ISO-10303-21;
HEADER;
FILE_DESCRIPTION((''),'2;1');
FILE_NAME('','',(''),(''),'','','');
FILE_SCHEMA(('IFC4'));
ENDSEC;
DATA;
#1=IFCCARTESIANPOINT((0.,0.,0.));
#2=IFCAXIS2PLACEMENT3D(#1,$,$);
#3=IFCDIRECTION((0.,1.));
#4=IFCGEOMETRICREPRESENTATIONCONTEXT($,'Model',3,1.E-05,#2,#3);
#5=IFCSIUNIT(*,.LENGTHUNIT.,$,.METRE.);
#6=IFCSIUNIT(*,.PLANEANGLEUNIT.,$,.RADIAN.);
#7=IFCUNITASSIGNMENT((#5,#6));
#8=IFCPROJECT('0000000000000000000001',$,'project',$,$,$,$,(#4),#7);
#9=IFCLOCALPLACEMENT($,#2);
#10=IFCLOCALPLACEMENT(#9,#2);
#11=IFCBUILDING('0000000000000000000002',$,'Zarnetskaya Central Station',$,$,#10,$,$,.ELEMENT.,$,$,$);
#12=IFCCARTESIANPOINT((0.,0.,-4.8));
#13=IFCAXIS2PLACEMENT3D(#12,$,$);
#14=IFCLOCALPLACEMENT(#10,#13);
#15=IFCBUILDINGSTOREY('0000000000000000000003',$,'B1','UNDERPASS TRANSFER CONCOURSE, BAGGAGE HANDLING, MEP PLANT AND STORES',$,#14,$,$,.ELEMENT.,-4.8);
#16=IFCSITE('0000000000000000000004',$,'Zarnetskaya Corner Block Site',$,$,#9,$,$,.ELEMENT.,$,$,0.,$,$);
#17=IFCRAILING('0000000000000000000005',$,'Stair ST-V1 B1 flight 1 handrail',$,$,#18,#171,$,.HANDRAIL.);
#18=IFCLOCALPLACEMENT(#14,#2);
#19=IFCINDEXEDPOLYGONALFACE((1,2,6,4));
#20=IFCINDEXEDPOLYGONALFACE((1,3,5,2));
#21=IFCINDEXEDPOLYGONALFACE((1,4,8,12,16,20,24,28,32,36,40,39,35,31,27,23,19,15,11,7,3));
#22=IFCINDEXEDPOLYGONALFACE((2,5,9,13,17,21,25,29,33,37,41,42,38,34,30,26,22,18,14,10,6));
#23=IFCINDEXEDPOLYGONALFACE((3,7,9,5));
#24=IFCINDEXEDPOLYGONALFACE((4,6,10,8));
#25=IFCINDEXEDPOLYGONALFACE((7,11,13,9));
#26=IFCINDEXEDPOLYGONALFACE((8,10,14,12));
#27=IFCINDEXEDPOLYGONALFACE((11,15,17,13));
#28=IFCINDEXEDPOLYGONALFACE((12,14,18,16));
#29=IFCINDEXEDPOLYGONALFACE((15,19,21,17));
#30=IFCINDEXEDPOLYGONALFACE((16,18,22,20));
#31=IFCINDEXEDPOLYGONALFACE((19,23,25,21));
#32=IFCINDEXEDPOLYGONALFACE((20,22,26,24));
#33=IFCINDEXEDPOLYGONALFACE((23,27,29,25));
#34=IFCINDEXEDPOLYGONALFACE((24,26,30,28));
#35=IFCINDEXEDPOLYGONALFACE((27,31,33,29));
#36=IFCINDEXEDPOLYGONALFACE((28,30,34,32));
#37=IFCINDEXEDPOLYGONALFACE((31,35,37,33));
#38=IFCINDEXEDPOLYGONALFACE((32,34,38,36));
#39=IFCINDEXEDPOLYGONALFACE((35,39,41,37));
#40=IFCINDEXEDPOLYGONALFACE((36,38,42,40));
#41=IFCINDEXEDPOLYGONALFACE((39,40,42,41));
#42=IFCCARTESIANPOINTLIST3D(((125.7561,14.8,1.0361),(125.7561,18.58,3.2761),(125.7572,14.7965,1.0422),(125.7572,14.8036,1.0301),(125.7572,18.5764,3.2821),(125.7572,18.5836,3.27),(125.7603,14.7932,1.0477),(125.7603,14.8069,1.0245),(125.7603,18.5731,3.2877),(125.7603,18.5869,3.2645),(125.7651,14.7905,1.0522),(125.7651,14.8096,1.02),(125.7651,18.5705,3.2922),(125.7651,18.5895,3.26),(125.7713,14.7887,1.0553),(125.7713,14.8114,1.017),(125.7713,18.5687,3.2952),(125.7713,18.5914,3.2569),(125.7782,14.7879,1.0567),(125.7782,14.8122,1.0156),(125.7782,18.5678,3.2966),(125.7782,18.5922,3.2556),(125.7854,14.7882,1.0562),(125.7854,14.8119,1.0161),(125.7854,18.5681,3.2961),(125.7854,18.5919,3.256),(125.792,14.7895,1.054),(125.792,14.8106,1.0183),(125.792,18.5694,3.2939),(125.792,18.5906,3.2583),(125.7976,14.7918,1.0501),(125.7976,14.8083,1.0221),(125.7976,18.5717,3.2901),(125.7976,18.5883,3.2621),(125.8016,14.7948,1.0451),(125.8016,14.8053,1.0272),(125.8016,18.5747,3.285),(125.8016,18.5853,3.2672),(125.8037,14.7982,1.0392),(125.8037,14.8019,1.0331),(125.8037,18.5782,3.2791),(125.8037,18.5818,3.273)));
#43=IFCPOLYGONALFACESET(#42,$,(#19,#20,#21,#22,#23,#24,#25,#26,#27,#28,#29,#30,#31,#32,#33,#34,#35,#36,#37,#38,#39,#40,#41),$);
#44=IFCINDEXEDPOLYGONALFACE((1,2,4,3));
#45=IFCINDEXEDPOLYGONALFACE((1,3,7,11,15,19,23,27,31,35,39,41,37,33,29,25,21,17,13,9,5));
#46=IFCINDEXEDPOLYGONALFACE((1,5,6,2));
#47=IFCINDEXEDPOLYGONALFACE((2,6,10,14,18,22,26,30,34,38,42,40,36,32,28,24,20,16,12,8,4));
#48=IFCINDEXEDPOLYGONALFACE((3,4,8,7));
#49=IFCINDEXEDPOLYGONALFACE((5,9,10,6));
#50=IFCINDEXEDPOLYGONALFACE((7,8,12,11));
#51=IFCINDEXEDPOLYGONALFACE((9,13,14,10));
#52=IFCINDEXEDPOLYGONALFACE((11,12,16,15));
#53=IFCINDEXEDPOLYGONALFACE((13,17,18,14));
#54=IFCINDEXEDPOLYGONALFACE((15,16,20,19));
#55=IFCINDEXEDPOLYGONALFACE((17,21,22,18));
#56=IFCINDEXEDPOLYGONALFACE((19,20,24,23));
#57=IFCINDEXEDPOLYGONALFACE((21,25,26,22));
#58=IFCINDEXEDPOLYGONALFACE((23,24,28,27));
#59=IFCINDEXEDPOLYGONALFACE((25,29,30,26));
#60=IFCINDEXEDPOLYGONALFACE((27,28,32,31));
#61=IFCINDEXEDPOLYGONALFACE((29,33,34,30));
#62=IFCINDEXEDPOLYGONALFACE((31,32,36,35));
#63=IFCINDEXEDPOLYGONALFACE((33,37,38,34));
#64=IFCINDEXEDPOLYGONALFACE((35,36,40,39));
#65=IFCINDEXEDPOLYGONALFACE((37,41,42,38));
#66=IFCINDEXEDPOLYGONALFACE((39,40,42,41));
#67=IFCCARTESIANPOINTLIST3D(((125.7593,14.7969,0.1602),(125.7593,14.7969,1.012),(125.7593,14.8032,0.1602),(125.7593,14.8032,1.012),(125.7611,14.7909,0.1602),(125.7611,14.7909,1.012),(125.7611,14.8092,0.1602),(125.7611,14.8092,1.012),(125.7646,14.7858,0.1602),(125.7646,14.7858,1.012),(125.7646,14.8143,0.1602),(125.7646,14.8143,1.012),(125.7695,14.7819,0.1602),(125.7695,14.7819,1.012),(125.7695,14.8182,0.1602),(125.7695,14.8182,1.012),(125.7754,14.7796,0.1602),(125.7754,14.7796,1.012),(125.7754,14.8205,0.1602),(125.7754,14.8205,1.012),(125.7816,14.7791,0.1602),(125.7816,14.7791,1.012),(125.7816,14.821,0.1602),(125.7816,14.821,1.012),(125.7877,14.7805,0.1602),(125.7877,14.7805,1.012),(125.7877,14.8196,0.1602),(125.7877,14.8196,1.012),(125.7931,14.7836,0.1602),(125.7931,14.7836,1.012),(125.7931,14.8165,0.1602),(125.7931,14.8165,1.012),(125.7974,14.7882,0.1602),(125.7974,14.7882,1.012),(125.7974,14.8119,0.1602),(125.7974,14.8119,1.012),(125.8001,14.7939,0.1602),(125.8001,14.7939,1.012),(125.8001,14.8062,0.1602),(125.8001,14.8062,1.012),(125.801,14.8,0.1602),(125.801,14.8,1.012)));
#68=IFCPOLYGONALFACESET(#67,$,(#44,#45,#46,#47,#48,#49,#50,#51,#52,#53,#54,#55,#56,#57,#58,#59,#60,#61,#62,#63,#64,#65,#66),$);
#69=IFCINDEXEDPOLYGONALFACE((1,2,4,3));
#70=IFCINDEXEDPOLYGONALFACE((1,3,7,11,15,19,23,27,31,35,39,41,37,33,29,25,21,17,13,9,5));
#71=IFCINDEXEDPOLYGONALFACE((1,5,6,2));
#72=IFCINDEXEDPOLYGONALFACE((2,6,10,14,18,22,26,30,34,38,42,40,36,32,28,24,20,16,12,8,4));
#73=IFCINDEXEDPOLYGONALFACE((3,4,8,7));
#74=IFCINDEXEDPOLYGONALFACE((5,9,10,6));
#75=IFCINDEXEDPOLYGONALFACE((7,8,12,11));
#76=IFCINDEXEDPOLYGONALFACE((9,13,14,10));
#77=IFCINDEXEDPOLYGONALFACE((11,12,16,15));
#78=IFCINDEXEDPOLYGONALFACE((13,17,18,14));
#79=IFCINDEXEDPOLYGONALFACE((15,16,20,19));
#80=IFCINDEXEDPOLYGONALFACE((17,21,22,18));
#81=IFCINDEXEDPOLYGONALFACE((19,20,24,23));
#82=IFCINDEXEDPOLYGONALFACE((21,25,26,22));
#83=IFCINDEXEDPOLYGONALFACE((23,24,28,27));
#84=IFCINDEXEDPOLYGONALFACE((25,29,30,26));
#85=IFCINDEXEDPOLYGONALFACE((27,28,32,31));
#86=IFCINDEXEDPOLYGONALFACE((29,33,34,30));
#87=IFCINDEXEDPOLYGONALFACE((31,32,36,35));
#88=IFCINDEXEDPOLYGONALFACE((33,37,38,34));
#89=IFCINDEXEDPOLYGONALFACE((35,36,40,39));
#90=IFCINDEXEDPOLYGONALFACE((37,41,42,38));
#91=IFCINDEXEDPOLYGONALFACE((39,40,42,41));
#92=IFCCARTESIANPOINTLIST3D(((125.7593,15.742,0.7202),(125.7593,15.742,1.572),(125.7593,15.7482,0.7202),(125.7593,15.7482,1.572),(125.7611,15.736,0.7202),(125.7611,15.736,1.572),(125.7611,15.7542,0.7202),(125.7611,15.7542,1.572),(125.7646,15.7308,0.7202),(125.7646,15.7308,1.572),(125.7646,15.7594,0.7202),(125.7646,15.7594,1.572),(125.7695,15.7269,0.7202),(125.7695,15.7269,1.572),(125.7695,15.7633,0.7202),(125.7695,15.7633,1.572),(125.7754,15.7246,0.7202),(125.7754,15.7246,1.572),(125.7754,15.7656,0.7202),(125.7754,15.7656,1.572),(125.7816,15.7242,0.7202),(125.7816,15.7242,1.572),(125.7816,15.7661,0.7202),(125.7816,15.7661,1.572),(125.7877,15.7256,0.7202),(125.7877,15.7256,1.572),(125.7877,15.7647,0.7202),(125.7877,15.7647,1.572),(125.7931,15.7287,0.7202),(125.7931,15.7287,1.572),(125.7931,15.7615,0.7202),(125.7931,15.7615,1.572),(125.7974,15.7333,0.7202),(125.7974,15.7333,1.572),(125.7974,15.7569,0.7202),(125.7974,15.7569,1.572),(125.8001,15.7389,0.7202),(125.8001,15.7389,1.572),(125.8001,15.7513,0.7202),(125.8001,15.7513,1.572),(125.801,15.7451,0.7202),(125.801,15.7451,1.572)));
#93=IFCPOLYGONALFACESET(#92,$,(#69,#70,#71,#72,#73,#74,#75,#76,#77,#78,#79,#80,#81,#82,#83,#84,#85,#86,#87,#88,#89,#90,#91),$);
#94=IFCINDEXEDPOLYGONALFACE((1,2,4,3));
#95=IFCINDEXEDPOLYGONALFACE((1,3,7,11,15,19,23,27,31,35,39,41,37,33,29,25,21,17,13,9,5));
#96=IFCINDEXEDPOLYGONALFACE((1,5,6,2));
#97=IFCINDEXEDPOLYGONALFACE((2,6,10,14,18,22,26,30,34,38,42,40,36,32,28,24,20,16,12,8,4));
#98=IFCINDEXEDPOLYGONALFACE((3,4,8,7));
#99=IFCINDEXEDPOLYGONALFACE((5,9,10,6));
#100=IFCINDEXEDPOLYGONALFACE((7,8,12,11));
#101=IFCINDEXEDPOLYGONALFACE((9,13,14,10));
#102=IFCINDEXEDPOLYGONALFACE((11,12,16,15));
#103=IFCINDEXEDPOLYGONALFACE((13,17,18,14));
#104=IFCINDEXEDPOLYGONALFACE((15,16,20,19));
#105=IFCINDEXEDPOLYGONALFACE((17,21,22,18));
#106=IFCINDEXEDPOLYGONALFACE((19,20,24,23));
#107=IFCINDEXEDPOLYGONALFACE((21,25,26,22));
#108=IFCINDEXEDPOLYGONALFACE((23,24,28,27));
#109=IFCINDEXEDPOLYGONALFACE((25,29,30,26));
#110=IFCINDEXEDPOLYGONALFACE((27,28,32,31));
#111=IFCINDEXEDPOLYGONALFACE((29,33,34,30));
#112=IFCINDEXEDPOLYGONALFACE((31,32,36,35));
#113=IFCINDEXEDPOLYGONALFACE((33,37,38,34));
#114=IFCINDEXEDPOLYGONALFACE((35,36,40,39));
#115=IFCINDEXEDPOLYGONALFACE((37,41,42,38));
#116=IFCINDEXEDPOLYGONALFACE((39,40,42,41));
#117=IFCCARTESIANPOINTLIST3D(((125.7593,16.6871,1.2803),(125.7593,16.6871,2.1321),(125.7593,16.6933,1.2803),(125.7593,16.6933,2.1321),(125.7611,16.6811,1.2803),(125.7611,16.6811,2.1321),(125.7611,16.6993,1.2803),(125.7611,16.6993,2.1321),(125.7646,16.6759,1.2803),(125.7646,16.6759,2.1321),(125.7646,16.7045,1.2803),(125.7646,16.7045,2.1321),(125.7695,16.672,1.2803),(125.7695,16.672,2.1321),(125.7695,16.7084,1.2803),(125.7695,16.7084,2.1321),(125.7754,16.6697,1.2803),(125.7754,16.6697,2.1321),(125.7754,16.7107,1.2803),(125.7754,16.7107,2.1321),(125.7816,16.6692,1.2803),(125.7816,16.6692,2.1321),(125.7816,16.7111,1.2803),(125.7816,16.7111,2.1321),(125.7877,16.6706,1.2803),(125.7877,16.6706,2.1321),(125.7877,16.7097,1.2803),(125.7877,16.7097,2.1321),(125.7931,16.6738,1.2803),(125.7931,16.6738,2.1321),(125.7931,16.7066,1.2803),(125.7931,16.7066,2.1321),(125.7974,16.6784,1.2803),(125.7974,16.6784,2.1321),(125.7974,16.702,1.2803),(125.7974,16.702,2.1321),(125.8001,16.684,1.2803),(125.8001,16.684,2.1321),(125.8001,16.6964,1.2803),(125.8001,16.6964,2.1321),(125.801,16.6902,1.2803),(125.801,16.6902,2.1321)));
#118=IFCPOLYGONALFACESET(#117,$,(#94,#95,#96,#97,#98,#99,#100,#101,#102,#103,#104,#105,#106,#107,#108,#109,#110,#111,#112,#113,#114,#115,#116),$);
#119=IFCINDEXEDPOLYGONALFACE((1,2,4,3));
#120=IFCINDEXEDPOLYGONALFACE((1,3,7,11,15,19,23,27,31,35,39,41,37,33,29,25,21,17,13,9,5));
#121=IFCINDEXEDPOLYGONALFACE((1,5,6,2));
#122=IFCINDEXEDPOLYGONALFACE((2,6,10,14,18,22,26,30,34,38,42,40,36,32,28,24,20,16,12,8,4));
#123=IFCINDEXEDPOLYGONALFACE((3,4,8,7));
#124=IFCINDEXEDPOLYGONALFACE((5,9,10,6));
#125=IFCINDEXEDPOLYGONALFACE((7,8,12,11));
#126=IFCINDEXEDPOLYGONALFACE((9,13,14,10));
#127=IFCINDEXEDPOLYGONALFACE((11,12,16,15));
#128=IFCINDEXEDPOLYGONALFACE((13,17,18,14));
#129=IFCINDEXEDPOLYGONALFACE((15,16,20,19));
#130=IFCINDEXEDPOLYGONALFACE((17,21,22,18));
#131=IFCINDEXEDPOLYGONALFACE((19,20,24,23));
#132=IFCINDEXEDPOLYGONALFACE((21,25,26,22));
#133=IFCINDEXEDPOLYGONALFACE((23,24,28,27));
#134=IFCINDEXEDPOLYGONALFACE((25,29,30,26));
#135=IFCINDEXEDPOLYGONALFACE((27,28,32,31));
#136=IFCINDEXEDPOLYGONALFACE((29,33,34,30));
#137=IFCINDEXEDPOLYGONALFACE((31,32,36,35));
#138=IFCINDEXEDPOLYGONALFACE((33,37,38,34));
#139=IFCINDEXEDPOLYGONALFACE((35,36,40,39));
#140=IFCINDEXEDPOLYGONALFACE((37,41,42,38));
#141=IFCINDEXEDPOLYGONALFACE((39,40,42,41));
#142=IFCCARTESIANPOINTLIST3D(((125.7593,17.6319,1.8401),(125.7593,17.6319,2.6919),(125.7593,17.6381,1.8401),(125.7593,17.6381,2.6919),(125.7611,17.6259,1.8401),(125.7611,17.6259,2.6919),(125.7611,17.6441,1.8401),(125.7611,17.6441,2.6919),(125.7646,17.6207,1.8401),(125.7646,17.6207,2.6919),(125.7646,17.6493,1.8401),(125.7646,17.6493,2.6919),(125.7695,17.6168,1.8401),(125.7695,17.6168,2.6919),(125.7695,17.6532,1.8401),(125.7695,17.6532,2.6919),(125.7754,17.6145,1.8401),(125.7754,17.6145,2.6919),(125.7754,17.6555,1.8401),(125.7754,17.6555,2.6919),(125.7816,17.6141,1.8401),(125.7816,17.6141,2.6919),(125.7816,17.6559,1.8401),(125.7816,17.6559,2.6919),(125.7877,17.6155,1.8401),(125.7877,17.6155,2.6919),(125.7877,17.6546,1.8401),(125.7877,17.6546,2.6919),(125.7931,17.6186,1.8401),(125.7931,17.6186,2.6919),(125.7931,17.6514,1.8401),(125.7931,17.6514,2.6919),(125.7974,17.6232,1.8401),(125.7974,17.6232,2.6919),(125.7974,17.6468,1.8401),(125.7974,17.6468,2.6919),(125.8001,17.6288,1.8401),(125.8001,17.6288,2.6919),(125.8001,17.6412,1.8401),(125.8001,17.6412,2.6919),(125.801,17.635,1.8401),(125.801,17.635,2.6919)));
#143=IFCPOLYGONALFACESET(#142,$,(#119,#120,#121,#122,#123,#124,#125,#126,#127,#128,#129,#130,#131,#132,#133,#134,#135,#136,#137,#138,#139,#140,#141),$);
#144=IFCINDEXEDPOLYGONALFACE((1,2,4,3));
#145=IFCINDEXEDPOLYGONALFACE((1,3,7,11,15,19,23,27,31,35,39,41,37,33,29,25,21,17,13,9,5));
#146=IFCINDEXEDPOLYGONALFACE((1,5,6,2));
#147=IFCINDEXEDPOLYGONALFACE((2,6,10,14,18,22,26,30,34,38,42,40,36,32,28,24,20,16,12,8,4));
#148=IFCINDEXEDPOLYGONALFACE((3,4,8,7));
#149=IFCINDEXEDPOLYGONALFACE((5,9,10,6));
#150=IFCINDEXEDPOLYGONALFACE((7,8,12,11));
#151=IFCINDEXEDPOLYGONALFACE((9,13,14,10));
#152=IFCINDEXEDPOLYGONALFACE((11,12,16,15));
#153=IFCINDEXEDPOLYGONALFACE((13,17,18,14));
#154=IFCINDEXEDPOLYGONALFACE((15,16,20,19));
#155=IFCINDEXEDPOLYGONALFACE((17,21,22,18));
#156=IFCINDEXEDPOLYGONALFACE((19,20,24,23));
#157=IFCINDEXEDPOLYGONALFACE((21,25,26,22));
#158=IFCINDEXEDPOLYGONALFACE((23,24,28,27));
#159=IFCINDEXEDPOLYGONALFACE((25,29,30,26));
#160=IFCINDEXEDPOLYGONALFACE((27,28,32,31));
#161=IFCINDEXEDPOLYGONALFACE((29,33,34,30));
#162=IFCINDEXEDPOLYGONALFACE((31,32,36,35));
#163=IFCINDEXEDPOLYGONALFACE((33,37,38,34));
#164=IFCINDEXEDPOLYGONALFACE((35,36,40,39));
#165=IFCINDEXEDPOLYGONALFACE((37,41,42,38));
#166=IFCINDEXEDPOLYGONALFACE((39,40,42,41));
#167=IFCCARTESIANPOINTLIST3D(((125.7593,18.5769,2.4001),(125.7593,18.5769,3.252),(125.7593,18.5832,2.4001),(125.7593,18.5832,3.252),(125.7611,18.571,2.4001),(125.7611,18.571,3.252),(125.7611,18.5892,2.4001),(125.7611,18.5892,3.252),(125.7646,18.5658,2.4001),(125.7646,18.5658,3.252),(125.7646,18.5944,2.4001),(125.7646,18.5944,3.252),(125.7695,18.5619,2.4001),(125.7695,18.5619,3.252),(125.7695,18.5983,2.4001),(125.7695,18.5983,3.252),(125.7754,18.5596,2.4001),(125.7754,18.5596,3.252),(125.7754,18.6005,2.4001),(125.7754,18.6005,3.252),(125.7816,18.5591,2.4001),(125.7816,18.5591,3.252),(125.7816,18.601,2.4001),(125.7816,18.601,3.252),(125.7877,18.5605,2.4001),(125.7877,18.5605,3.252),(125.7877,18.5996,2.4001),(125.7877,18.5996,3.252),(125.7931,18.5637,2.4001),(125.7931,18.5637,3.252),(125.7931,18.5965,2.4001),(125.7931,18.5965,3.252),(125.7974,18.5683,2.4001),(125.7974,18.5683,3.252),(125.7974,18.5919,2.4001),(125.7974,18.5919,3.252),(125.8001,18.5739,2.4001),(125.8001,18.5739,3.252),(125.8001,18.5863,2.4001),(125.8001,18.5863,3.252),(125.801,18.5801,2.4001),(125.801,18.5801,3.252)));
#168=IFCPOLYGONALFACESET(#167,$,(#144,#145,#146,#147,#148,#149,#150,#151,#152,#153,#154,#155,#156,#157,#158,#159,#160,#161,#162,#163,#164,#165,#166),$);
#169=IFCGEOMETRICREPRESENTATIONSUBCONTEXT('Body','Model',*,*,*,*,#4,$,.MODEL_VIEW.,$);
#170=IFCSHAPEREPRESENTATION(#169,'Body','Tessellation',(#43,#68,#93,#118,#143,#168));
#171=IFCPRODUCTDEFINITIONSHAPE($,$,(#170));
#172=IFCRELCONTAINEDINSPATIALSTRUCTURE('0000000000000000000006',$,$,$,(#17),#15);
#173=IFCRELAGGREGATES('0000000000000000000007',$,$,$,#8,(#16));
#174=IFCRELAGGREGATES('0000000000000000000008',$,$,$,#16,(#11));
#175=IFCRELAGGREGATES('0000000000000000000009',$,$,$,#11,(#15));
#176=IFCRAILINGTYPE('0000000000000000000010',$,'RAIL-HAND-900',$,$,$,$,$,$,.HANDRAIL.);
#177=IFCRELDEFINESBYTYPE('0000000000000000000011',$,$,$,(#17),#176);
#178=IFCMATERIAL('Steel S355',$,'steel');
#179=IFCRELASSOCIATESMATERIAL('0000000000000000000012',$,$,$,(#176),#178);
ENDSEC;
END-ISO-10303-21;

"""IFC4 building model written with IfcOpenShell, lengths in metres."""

from ifc_helpers import new_model, si_unit, direction, frame, origin, origin_2d, place, context, subcontext, project, spatial, circle, extrude, material, type_object, element, save


model = new_model("IFC4")

# Units and contexts
model_context = context("Model", 3, precision=1e-05, world=origin(), true_north=direction((0.0, 1.0)))
body_context = subcontext(model_context, "Body", "Model", "MODEL_VIEW")
ifc_project = project(units=[si_unit("LENGTHUNIT", "METRE"), si_unit("PLANEANGLEUNIT", "RADIAN")], contexts=[model_context])

# Site, building, storey
site_placement = place(None, origin())
site = spatial("IfcSite", under=ifc_project, at=site_placement, Name="Zarnetskaya Corner Block Site", CompositionType="ELEMENT", RefElevation=0.0)
building_placement = place(site_placement, origin())
building = spatial("IfcBuilding", under=site, at=building_placement, Name="Zarnetskaya Central Station", CompositionType="ELEMENT")
storey_placement = place(building_placement, frame((0.0, 0.0, -4.8)))
storey = spatial("IfcBuildingStorey", under=building, at=storey_placement, Name="B1", Description="UNDERPASS TRANSFER CONCOURSE, BAGGAGE HANDLING, MEP PLANT AND STORES", CompositionType="ELEMENT", Elevation=-4.8)

# Railing
ifc_material_1 = material(Name="Steel S355", Category="steel")
railing_type = type_object("IfcRailingType", Name="RAIL-HAND-900", PredefinedType="HANDRAIL", material=ifc_material_1)
railing_placement = place(storey_placement, frame((125.78, 14.8, 0.1602)))
element("IfcRailing", 1, at=railing_placement, inside=storey, type_object=railing_type, Name="Stair ST-V1 B1 flight 1 handrail", PredefinedType="HANDRAIL", context=body_context, shape_type="SweptSolid", body=[
    extrude(circle(Radius=0.0239, at=origin_2d()), frame((0.0, 0.0, 0.876), z_axis=(0.0, 0.860294, 0.509798), x_axis=(-1.0, 0.0, 0.0)), (0.0, 0.0, 1.0), 4.3938),
    extrude(circle(Radius=0.021, at=origin_2d()), origin(), (0.0, 0.0, 1.0), 0.8518),
    extrude(circle(Radius=0.021, at=origin_2d()), frame((0.0, 0.9451, 0.5601)), (0.0, 0.0, 1.0), 0.8518),
    extrude(circle(Radius=0.021, at=origin_2d()), frame((0.0, 1.8901, 1.1201)), (0.0, 0.0, 1.0), 0.8518),
    extrude(circle(Radius=0.021, at=origin_2d()), frame((0.0, 2.835, 1.6799)), (0.0, 0.0, 1.0), 0.8518),
    extrude(circle(Radius=0.021, at=origin_2d()), frame((0.0, 3.78, 2.24)), (0.0, 0.0, 1.0), 0.8518),
])

save(model, "model.ifc")
